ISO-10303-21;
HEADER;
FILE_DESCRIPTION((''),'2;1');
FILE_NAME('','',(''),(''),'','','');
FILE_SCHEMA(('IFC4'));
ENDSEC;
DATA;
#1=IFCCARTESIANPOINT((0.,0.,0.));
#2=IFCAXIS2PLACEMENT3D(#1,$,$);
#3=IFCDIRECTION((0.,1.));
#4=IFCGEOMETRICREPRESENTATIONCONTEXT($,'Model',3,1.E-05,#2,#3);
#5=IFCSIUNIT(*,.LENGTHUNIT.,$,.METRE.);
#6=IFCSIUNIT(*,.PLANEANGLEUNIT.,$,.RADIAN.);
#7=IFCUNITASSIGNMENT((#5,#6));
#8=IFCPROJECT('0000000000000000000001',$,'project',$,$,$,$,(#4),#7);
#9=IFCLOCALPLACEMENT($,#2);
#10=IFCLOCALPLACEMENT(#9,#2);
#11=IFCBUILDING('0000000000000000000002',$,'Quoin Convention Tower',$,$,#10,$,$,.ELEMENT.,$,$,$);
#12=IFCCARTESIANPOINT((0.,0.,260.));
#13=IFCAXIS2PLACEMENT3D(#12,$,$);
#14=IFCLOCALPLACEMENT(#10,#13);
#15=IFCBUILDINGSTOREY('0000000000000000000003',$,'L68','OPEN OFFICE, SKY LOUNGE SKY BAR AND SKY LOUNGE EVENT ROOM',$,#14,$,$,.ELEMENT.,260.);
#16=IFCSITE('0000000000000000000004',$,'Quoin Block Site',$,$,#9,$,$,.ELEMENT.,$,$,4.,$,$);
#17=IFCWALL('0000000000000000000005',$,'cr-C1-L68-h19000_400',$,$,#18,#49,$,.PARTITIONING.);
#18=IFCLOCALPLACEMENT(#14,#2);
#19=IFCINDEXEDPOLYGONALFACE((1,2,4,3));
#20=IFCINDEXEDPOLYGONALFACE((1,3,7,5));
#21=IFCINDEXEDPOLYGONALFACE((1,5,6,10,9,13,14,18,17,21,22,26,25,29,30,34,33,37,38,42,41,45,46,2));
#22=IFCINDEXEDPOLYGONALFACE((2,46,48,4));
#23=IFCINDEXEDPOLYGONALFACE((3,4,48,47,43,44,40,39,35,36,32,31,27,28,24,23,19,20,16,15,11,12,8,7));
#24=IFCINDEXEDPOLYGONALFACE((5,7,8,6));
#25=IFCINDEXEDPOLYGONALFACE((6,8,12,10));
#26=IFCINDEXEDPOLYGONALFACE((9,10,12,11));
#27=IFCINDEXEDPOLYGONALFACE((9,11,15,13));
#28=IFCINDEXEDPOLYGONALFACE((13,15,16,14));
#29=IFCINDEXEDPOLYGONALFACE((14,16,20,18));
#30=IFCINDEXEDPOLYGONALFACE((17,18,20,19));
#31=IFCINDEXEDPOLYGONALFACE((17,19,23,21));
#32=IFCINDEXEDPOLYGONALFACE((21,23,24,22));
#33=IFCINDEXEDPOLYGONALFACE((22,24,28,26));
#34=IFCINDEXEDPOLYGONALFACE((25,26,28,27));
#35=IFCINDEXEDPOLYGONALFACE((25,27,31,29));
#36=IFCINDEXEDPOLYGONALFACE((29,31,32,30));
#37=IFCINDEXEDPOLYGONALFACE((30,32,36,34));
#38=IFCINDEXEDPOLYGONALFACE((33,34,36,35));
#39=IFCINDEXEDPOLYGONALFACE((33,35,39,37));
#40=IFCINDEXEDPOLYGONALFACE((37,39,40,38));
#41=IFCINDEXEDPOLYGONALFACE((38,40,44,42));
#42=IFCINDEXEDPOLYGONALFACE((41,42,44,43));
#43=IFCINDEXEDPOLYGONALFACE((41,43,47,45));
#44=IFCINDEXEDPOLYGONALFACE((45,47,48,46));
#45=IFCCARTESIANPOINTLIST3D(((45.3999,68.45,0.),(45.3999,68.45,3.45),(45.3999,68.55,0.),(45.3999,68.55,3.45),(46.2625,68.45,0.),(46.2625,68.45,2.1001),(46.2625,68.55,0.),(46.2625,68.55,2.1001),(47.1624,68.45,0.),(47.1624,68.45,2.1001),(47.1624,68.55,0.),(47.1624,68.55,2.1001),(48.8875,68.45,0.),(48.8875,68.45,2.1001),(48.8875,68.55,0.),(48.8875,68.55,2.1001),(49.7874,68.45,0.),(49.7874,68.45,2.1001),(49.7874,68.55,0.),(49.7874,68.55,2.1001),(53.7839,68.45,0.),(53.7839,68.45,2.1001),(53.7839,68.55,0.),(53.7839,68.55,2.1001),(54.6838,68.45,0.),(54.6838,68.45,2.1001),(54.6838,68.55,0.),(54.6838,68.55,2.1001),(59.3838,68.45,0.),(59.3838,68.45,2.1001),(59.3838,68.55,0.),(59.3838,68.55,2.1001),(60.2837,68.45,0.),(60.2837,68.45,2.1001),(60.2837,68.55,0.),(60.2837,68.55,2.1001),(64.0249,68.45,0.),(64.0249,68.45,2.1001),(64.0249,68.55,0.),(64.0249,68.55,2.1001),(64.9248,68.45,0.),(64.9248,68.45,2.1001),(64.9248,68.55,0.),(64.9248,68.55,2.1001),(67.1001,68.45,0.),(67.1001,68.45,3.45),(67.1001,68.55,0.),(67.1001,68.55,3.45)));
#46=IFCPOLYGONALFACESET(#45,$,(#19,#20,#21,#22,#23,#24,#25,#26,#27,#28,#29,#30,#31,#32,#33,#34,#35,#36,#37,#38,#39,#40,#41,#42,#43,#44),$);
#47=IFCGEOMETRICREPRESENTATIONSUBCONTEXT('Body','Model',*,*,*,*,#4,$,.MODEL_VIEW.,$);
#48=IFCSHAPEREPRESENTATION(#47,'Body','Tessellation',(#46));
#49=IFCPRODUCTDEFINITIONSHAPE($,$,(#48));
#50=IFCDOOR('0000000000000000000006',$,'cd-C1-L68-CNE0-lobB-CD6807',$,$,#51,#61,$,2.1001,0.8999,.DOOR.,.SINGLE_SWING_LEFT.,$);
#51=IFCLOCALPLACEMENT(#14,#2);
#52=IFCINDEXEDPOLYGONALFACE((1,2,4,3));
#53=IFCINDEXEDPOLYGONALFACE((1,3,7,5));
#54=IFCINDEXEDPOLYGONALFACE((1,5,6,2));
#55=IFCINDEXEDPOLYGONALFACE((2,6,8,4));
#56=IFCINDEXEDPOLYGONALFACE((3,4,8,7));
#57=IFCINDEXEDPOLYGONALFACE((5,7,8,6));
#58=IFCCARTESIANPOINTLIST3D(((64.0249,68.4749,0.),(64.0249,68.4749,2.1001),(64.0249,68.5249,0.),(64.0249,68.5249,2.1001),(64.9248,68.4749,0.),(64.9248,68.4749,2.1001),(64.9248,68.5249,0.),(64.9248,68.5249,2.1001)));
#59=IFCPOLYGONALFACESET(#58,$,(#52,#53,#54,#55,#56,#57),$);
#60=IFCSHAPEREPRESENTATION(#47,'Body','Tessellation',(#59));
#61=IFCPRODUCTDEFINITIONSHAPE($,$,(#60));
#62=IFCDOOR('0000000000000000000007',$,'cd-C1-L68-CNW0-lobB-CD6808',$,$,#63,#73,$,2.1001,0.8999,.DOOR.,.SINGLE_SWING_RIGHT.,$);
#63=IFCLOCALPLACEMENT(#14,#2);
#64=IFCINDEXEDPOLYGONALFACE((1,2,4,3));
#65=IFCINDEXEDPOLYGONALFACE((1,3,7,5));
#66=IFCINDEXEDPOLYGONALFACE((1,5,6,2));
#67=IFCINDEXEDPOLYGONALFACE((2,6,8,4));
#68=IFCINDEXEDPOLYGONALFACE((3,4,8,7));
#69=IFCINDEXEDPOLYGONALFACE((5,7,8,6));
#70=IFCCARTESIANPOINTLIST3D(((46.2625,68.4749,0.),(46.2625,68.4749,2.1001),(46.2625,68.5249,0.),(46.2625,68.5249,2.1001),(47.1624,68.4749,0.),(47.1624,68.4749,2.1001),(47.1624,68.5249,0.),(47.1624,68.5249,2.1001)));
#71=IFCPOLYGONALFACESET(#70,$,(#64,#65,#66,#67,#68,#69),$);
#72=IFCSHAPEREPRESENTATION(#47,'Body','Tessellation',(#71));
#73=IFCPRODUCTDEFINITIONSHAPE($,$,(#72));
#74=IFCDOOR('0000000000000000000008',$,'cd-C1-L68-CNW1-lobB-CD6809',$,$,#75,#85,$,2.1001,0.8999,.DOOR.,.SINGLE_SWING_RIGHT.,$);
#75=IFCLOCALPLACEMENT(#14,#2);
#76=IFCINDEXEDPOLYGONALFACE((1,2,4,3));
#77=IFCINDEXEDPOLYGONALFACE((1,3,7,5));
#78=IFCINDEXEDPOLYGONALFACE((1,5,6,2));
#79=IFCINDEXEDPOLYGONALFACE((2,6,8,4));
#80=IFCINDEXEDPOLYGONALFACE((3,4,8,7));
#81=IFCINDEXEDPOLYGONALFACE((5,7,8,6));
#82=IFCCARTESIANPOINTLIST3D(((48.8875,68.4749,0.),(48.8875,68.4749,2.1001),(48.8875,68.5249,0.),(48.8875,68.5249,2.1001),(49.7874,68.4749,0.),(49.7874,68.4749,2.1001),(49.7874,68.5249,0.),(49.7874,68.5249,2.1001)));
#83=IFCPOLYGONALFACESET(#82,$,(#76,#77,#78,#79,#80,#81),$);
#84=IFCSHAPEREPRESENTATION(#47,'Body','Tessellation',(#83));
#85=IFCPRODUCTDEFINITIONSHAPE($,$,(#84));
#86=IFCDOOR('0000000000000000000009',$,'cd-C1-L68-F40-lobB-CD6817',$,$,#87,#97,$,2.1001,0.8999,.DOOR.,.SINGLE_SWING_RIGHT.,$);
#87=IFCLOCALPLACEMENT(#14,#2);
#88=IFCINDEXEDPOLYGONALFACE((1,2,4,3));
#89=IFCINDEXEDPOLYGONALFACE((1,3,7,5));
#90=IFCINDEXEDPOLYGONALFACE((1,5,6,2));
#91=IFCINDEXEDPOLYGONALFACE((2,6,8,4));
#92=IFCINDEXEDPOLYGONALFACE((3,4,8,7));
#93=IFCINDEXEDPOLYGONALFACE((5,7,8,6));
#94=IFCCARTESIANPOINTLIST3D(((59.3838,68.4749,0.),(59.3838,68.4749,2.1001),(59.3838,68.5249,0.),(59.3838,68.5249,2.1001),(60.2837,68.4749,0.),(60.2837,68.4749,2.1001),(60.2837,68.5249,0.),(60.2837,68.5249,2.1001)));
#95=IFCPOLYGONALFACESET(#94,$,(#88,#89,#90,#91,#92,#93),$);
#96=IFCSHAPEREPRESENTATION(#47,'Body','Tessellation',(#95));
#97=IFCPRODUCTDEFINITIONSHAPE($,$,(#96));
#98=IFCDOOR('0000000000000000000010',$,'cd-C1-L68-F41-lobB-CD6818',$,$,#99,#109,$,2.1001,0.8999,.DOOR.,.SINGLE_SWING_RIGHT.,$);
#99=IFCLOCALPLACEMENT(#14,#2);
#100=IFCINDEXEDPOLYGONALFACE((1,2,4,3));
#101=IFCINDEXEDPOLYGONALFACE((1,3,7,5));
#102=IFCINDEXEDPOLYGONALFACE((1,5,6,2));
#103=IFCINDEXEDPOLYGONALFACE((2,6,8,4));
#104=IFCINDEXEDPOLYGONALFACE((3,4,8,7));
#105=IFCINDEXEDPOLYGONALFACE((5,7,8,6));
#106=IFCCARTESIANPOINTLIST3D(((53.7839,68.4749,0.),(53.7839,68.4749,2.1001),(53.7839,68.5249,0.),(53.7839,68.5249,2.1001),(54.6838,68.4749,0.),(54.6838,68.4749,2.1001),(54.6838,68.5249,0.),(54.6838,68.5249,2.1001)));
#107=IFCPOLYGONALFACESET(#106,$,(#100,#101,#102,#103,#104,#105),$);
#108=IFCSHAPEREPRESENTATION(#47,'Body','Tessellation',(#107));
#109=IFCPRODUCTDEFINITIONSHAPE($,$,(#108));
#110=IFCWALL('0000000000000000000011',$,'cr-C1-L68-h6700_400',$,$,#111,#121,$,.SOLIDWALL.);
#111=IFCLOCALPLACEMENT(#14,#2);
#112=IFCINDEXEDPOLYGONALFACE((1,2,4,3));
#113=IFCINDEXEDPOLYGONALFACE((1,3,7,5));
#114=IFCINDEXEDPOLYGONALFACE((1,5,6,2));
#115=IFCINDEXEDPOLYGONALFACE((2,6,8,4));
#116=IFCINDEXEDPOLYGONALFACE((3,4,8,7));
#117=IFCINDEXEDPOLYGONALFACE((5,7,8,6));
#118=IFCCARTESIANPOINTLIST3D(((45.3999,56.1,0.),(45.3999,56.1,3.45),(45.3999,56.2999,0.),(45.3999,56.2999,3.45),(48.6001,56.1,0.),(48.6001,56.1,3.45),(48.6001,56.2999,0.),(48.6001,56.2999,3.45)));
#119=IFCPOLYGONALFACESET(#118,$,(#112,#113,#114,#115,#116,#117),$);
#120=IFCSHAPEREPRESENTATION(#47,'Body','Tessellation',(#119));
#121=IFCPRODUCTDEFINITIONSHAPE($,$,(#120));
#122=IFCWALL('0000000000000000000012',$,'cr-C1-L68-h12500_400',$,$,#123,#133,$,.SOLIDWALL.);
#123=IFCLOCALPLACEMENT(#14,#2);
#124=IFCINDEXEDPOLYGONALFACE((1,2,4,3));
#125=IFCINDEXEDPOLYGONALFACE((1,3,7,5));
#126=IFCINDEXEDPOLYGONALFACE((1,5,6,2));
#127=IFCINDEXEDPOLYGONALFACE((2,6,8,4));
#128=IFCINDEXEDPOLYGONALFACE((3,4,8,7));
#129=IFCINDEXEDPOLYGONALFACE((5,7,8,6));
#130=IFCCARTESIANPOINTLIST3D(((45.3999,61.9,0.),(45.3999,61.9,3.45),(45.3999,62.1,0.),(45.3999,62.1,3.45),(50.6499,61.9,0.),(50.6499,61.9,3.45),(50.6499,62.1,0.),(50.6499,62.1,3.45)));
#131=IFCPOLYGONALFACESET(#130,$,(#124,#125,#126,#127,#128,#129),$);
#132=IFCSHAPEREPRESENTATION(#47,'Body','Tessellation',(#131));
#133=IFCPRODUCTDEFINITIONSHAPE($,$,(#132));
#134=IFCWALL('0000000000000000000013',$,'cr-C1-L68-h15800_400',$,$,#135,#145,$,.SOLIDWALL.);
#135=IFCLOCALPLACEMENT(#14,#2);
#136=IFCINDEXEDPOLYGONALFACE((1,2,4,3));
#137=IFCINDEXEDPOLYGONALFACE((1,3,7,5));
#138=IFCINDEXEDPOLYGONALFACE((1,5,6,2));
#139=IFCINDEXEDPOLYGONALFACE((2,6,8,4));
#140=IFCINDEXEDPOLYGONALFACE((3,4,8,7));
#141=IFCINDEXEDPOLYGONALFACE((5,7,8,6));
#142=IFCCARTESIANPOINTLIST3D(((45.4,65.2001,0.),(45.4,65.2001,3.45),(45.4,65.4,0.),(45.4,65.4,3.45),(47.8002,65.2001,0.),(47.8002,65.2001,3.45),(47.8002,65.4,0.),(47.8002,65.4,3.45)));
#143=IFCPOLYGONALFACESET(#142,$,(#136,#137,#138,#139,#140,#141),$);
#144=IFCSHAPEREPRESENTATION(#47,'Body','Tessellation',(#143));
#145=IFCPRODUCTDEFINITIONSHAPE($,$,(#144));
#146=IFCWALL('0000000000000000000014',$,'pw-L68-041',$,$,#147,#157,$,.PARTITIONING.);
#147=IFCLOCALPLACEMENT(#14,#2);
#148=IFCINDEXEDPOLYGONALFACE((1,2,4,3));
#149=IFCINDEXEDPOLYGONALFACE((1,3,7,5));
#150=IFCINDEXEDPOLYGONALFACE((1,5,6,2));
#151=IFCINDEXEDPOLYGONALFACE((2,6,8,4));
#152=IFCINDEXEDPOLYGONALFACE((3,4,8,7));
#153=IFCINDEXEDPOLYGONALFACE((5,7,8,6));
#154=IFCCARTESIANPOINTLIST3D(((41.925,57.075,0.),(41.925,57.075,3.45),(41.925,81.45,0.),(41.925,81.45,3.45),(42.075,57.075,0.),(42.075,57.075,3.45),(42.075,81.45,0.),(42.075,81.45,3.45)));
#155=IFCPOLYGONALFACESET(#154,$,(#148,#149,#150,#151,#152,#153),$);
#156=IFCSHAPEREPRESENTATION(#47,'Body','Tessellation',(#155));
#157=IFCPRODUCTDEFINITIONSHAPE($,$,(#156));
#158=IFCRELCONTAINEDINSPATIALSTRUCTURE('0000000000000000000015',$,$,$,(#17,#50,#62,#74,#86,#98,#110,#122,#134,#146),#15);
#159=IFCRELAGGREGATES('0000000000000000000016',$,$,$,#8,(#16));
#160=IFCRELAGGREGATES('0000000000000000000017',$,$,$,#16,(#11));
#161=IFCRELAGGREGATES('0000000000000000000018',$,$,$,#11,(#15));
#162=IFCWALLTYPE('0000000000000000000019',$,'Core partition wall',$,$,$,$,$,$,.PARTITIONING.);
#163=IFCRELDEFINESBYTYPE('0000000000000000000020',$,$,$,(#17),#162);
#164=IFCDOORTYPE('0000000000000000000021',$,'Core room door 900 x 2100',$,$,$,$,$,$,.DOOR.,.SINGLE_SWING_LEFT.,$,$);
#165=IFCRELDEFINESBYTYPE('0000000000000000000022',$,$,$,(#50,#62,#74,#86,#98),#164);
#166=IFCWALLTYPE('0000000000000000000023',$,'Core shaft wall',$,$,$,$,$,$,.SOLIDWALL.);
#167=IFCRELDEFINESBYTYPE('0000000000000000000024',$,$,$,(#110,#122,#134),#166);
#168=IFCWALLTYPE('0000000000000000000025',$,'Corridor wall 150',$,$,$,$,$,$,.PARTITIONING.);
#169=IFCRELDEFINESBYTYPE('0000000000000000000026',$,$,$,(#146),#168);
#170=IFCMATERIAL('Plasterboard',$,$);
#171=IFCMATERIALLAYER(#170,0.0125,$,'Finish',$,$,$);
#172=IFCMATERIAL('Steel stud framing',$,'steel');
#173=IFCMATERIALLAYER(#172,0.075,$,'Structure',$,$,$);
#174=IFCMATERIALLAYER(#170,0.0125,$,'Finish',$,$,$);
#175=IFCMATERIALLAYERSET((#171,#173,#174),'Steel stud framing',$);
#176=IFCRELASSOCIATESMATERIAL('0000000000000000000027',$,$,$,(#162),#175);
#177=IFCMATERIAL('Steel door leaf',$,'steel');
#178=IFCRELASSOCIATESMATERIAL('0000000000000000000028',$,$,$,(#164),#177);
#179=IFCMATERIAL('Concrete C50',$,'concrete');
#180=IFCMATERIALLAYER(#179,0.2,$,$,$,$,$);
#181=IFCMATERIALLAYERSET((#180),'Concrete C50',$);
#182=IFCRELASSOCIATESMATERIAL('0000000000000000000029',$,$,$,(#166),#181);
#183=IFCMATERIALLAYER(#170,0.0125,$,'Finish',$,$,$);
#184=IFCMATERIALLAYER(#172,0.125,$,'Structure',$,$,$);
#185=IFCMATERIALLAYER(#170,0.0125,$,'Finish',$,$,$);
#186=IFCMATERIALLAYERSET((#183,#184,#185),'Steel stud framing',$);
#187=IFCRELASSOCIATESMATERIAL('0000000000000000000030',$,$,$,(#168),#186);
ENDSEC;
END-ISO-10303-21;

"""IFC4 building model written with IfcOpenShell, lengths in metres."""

from ifc_helpers import new_model, si_unit, direction, frame, frame_2d, origin, place, context, subcontext, project, spatial, rectangle, extrude, material, layer, layer_set, type_object, element, fill, save


model = new_model("IFC4")

# Units and contexts
model_context = context("Model", 3, precision=1e-05, world=origin(), true_north=direction((0.0, 1.0)))
body_context = subcontext(model_context, "Body", "Model", "MODEL_VIEW")
ifc_project = project(units=[si_unit("LENGTHUNIT", "METRE"), si_unit("PLANEANGLEUNIT", "RADIAN")], contexts=[model_context])

# Site, building, storey
site_placement = place(None, origin())
site = spatial("IfcSite", under=ifc_project, at=site_placement, Name="Quoin Block Site", CompositionType="ELEMENT", RefElevation=4.0)
building_placement = place(site_placement, origin())
building = spatial("IfcBuilding", under=site, at=building_placement, Name="Quoin Convention Tower", CompositionType="ELEMENT")
storey_placement = place(building_placement, frame((0.0, 0.0, 260.0)))
storey = spatial("IfcBuildingStorey", under=building, at=storey_placement, Name="L68", Description="OPEN OFFICE, SKY LOUNGE SKY BAR AND SKY LOUNGE EVENT ROOM", CompositionType="ELEMENT", Elevation=260.0)

# Wall, openings, doors
ifc_material_1 = material(Name="Plasterboard")
ifc_layer_1 = layer(ifc_material_1, 0.0125, Name="Finish")
ifc_material_2 = material(Name="Steel stud framing", Category="steel")
ifc_layer_2 = layer(ifc_material_2, 0.075, Name="Structure")
ifc_layer_3 = layer(ifc_material_1, 0.0125, Name="Finish")
ifc_layer_set_1 = layer_set([ifc_layer_1, ifc_layer_2, ifc_layer_3], Name="Steel stud framing")
wall_type_1 = type_object("IfcWallType", Name="Core partition wall", PredefinedType="PARTITIONING", material=ifc_layer_set_1)
wall_1_placement = place(storey_placement, frame((45.3999, 68.5, 0.0), z_axis=(0.0, 0.0, 1.0), x_axis=(1.0, 0.0, 0.0)))
wall_1 = element("IfcWall", 1, at=wall_1_placement, inside=storey, type_object=wall_type_1, Name="cr-C1-L68-h19000_400", PredefinedType="PARTITIONING", context=body_context, shape_type="SweptSolid", body=[
    extrude(rectangle(XDim=21.7002, YDim=0.1001, at=frame_2d((10.8501, 0.0))), origin(), (0.0, 0.0, 1.0), 3.45),
])
opening_1_placement = place(wall_1_placement, frame((18.625, 0.0, 0.0)))
opening_1 = element("IfcOpeningElement", 2, at=opening_1_placement, cuts=wall_1, PredefinedType="OPENING", context=body_context, shape_type="SweptSolid", body=[
    extrude(rectangle(XDim=0.8999, YDim=2.1001, at=frame_2d((0.45, 1.05))), frame((0.0, 0.0601, 0.0), z_axis=(0.0, -1.0, 0.0), x_axis=(1.0, 0.0, 0.0)), (0.0, 0.0, 1.0), 0.1201),
])
opening_2_placement = place(wall_1_placement, frame((0.8625, 0.0, 0.0)))
opening_2 = element("IfcOpeningElement", 3, at=opening_2_placement, cuts=wall_1, PredefinedType="OPENING", context=body_context, shape_type="SweptSolid", body=[
    extrude(rectangle(XDim=0.8999, YDim=2.1001, at=frame_2d((0.45, 1.05))), frame((0.0, 0.0601, 0.0), z_axis=(0.0, -1.0, 0.0), x_axis=(1.0, 0.0, 0.0)), (0.0, 0.0, 1.0), 0.1201),
])
opening_3_placement = place(wall_1_placement, frame((3.4875, 0.0, 0.0)))
opening_3 = element("IfcOpeningElement", 4, at=opening_3_placement, cuts=wall_1, PredefinedType="OPENING", context=body_context, shape_type="SweptSolid", body=[
    extrude(rectangle(XDim=0.8999, YDim=2.1001, at=frame_2d((0.45, 1.05))), frame((0.0, 0.0601, 0.0), z_axis=(0.0, -1.0, 0.0), x_axis=(1.0, 0.0, 0.0)), (0.0, 0.0, 1.0), 0.1201),
])
opening_4_placement = place(wall_1_placement, frame((13.9839, 0.0, 0.0)))
opening_4 = element("IfcOpeningElement", 5, at=opening_4_placement, cuts=wall_1, PredefinedType="OPENING", context=body_context, shape_type="SweptSolid", body=[
    extrude(rectangle(XDim=0.8999, YDim=2.1001, at=frame_2d((0.45, 1.05))), frame((0.0, 0.0601, 0.0), z_axis=(0.0, -1.0, 0.0), x_axis=(1.0, 0.0, 0.0)), (0.0, 0.0, 1.0), 0.1201),
])
opening_5_placement = place(wall_1_placement, frame((8.384, 0.0, 0.0)))
opening_5 = element("IfcOpeningElement", 6, at=opening_5_placement, cuts=wall_1, PredefinedType="OPENING", context=body_context, shape_type="SweptSolid", body=[
    extrude(rectangle(XDim=0.8999, YDim=2.1001, at=frame_2d((0.45, 1.05))), frame((0.0, 0.0601, 0.0), z_axis=(0.0, -1.0, 0.0), x_axis=(1.0, 0.0, 0.0)), (0.0, 0.0, 1.0), 0.1201),
])
ifc_material_3 = material(Name="Steel door leaf", Category="steel")
door_type = type_object("IfcDoorType", Name="Core room door 900 x 2100", OperationType="SINGLE_SWING_LEFT", PredefinedType="DOOR", material=ifc_material_3)
door_1_placement = place(opening_1_placement, origin())
door_1 = element("IfcDoor", 7, at=door_1_placement, inside=storey, type_object=door_type, Name="cd-C1-L68-CNE0-lobB-CD6807", OperationType="SINGLE_SWING_LEFT", OverallHeight=2.1001, OverallWidth=0.8999, PredefinedType="DOOR", context=body_context, shape_type="SweptSolid", body=[
    extrude(rectangle(XDim=0.8999, YDim=2.1001, at=frame_2d((0.45, 1.05))), frame((0.0, 0.0249, 0.0), z_axis=(0.0, -1.0, 0.0), x_axis=(1.0, 0.0, 0.0)), (0.0, 0.0, 1.0), 0.05),
])
fill(opening_1, door_1)
door_2_placement = place(opening_2_placement, origin())
door_2 = element("IfcDoor", 8, at=door_2_placement, inside=storey, type_object=door_type, Name="cd-C1-L68-CNW0-lobB-CD6808", OperationType="SINGLE_SWING_RIGHT", OverallHeight=2.1001, OverallWidth=0.8999, PredefinedType="DOOR", context=body_context, shape_type="SweptSolid", body=[
    extrude(rectangle(XDim=0.8999, YDim=2.1001, at=frame_2d((0.45, 1.05))), frame((0.0, 0.0249, 0.0), z_axis=(0.0, -1.0, 0.0), x_axis=(1.0, 0.0, 0.0)), (0.0, 0.0, 1.0), 0.05),
])
fill(opening_2, door_2)
door_3_placement = place(opening_3_placement, origin())
door_3 = element("IfcDoor", 9, at=door_3_placement, inside=storey, type_object=door_type, Name="cd-C1-L68-CNW1-lobB-CD6809", OperationType="SINGLE_SWING_RIGHT", OverallHeight=2.1001, OverallWidth=0.8999, PredefinedType="DOOR", context=body_context, shape_type="SweptSolid", body=[
    extrude(rectangle(XDim=0.8999, YDim=2.1001, at=frame_2d((0.45, 1.05))), frame((0.0, 0.0249, 0.0), z_axis=(0.0, -1.0, 0.0), x_axis=(1.0, 0.0, 0.0)), (0.0, 0.0, 1.0), 0.05),
])
fill(opening_3, door_3)
door_4_placement = place(opening_4_placement, origin())
door_4 = element("IfcDoor", 10, at=door_4_placement, inside=storey, type_object=door_type, Name="cd-C1-L68-F40-lobB-CD6817", OperationType="SINGLE_SWING_RIGHT", OverallHeight=2.1001, OverallWidth=0.8999, PredefinedType="DOOR", context=body_context, shape_type="SweptSolid", body=[
    extrude(rectangle(XDim=0.8999, YDim=2.1001, at=frame_2d((0.45, 1.05))), frame((0.0, 0.0249, 0.0), z_axis=(0.0, -1.0, 0.0), x_axis=(1.0, 0.0, 0.0)), (0.0, 0.0, 1.0), 0.05),
])
fill(opening_4, door_4)
door_5_placement = place(opening_5_placement, origin())
door_5 = element("IfcDoor", 11, at=door_5_placement, inside=storey, type_object=door_type, Name="cd-C1-L68-F41-lobB-CD6818", OperationType="SINGLE_SWING_RIGHT", OverallHeight=2.1001, OverallWidth=0.8999, PredefinedType="DOOR", context=body_context, shape_type="SweptSolid", body=[
    extrude(rectangle(XDim=0.8999, YDim=2.1001, at=frame_2d((0.45, 1.05))), frame((0.0, 0.0249, 0.0), z_axis=(0.0, -1.0, 0.0), x_axis=(1.0, 0.0, 0.0)), (0.0, 0.0, 1.0), 0.05),
])
fill(opening_5, door_5)

# Walls
ifc_material_4 = material(Name="Concrete C50", Category="concrete")
ifc_layer_4 = layer(ifc_material_4, 0.2)
ifc_layer_set_2 = layer_set([ifc_layer_4], Name="Concrete C50")
wall_type_2 = type_object("IfcWallType", Name="Core shaft wall", PredefinedType="SOLIDWALL", material=ifc_layer_set_2)
wall_2_placement = place(storey_placement, frame((45.3999, 56.2, 0.0), z_axis=(0.0, 0.0, 1.0), x_axis=(1.0, 0.0, 0.0)))
element("IfcWall", 12, at=wall_2_placement, inside=storey, type_object=wall_type_2, Name="cr-C1-L68-h6700_400", PredefinedType="SOLIDWALL", context=body_context, shape_type="SweptSolid", body=[
    extrude(rectangle(XDim=3.2002, YDim=0.2, at=frame_2d((1.6001, 0.0))), origin(), (0.0, 0.0, 1.0), 3.45),
])
wall_3_placement = place(storey_placement, frame((45.3999, 62.0, 0.0), z_axis=(0.0, 0.0, 1.0), x_axis=(1.0, 0.0, 0.0)))
element("IfcWall", 13, at=wall_3_placement, inside=storey, type_object=wall_type_2, Name="cr-C1-L68-h12500_400", PredefinedType="SOLIDWALL", context=body_context, shape_type="SweptSolid", body=[
    extrude(rectangle(XDim=5.25, YDim=0.2, at=frame_2d((2.625, 0.0))), origin(), (0.0, 0.0, 1.0), 3.45),
])
wall_4_placement = place(storey_placement, frame((45.3999, 65.3, 0.0), z_axis=(0.0, 0.0, 1.0), x_axis=(1.0, 0.0, 0.0)))
element("IfcWall", 14, at=wall_4_placement, inside=storey, type_object=wall_type_2, Name="cr-C1-L68-h15800_400", PredefinedType="SOLIDWALL", context=body_context, shape_type="SweptSolid", body=[
    extrude(rectangle(XDim=2.4001, YDim=0.2, at=frame_2d((1.2002, 0.0))), origin(), (0.0, 0.0, 1.0), 3.45),
])
ifc_layer_5 = layer(ifc_material_1, 0.0125, Name="Finish")
ifc_layer_6 = layer(ifc_material_2, 0.125, Name="Structure")
ifc_layer_7 = layer(ifc_material_1, 0.0125, Name="Finish")
ifc_layer_set_3 = layer_set([ifc_layer_5, ifc_layer_6, ifc_layer_7], Name="Steel stud framing")
wall_type_3 = type_object("IfcWallType", Name="Corridor wall 150", PredefinedType="PARTITIONING", material=ifc_layer_set_3)
wall_5_placement = place(storey_placement, frame((42.0, 57.075, 0.0), z_axis=(0.0, 0.0, 1.0), x_axis=(0.0, 1.0, 0.0)))
element("IfcWall", 15, at=wall_5_placement, inside=storey, type_object=wall_type_3, Name="pw-L68-041", PredefinedType="PARTITIONING", context=body_context, shape_type="SweptSolid", body=[
    extrude(rectangle(XDim=24.375, YDim=0.1499, at=frame_2d((12.1875, 0.0))), origin(), (0.0, 0.0, 1.0), 3.45),
])

save(model, "model.ifc")
